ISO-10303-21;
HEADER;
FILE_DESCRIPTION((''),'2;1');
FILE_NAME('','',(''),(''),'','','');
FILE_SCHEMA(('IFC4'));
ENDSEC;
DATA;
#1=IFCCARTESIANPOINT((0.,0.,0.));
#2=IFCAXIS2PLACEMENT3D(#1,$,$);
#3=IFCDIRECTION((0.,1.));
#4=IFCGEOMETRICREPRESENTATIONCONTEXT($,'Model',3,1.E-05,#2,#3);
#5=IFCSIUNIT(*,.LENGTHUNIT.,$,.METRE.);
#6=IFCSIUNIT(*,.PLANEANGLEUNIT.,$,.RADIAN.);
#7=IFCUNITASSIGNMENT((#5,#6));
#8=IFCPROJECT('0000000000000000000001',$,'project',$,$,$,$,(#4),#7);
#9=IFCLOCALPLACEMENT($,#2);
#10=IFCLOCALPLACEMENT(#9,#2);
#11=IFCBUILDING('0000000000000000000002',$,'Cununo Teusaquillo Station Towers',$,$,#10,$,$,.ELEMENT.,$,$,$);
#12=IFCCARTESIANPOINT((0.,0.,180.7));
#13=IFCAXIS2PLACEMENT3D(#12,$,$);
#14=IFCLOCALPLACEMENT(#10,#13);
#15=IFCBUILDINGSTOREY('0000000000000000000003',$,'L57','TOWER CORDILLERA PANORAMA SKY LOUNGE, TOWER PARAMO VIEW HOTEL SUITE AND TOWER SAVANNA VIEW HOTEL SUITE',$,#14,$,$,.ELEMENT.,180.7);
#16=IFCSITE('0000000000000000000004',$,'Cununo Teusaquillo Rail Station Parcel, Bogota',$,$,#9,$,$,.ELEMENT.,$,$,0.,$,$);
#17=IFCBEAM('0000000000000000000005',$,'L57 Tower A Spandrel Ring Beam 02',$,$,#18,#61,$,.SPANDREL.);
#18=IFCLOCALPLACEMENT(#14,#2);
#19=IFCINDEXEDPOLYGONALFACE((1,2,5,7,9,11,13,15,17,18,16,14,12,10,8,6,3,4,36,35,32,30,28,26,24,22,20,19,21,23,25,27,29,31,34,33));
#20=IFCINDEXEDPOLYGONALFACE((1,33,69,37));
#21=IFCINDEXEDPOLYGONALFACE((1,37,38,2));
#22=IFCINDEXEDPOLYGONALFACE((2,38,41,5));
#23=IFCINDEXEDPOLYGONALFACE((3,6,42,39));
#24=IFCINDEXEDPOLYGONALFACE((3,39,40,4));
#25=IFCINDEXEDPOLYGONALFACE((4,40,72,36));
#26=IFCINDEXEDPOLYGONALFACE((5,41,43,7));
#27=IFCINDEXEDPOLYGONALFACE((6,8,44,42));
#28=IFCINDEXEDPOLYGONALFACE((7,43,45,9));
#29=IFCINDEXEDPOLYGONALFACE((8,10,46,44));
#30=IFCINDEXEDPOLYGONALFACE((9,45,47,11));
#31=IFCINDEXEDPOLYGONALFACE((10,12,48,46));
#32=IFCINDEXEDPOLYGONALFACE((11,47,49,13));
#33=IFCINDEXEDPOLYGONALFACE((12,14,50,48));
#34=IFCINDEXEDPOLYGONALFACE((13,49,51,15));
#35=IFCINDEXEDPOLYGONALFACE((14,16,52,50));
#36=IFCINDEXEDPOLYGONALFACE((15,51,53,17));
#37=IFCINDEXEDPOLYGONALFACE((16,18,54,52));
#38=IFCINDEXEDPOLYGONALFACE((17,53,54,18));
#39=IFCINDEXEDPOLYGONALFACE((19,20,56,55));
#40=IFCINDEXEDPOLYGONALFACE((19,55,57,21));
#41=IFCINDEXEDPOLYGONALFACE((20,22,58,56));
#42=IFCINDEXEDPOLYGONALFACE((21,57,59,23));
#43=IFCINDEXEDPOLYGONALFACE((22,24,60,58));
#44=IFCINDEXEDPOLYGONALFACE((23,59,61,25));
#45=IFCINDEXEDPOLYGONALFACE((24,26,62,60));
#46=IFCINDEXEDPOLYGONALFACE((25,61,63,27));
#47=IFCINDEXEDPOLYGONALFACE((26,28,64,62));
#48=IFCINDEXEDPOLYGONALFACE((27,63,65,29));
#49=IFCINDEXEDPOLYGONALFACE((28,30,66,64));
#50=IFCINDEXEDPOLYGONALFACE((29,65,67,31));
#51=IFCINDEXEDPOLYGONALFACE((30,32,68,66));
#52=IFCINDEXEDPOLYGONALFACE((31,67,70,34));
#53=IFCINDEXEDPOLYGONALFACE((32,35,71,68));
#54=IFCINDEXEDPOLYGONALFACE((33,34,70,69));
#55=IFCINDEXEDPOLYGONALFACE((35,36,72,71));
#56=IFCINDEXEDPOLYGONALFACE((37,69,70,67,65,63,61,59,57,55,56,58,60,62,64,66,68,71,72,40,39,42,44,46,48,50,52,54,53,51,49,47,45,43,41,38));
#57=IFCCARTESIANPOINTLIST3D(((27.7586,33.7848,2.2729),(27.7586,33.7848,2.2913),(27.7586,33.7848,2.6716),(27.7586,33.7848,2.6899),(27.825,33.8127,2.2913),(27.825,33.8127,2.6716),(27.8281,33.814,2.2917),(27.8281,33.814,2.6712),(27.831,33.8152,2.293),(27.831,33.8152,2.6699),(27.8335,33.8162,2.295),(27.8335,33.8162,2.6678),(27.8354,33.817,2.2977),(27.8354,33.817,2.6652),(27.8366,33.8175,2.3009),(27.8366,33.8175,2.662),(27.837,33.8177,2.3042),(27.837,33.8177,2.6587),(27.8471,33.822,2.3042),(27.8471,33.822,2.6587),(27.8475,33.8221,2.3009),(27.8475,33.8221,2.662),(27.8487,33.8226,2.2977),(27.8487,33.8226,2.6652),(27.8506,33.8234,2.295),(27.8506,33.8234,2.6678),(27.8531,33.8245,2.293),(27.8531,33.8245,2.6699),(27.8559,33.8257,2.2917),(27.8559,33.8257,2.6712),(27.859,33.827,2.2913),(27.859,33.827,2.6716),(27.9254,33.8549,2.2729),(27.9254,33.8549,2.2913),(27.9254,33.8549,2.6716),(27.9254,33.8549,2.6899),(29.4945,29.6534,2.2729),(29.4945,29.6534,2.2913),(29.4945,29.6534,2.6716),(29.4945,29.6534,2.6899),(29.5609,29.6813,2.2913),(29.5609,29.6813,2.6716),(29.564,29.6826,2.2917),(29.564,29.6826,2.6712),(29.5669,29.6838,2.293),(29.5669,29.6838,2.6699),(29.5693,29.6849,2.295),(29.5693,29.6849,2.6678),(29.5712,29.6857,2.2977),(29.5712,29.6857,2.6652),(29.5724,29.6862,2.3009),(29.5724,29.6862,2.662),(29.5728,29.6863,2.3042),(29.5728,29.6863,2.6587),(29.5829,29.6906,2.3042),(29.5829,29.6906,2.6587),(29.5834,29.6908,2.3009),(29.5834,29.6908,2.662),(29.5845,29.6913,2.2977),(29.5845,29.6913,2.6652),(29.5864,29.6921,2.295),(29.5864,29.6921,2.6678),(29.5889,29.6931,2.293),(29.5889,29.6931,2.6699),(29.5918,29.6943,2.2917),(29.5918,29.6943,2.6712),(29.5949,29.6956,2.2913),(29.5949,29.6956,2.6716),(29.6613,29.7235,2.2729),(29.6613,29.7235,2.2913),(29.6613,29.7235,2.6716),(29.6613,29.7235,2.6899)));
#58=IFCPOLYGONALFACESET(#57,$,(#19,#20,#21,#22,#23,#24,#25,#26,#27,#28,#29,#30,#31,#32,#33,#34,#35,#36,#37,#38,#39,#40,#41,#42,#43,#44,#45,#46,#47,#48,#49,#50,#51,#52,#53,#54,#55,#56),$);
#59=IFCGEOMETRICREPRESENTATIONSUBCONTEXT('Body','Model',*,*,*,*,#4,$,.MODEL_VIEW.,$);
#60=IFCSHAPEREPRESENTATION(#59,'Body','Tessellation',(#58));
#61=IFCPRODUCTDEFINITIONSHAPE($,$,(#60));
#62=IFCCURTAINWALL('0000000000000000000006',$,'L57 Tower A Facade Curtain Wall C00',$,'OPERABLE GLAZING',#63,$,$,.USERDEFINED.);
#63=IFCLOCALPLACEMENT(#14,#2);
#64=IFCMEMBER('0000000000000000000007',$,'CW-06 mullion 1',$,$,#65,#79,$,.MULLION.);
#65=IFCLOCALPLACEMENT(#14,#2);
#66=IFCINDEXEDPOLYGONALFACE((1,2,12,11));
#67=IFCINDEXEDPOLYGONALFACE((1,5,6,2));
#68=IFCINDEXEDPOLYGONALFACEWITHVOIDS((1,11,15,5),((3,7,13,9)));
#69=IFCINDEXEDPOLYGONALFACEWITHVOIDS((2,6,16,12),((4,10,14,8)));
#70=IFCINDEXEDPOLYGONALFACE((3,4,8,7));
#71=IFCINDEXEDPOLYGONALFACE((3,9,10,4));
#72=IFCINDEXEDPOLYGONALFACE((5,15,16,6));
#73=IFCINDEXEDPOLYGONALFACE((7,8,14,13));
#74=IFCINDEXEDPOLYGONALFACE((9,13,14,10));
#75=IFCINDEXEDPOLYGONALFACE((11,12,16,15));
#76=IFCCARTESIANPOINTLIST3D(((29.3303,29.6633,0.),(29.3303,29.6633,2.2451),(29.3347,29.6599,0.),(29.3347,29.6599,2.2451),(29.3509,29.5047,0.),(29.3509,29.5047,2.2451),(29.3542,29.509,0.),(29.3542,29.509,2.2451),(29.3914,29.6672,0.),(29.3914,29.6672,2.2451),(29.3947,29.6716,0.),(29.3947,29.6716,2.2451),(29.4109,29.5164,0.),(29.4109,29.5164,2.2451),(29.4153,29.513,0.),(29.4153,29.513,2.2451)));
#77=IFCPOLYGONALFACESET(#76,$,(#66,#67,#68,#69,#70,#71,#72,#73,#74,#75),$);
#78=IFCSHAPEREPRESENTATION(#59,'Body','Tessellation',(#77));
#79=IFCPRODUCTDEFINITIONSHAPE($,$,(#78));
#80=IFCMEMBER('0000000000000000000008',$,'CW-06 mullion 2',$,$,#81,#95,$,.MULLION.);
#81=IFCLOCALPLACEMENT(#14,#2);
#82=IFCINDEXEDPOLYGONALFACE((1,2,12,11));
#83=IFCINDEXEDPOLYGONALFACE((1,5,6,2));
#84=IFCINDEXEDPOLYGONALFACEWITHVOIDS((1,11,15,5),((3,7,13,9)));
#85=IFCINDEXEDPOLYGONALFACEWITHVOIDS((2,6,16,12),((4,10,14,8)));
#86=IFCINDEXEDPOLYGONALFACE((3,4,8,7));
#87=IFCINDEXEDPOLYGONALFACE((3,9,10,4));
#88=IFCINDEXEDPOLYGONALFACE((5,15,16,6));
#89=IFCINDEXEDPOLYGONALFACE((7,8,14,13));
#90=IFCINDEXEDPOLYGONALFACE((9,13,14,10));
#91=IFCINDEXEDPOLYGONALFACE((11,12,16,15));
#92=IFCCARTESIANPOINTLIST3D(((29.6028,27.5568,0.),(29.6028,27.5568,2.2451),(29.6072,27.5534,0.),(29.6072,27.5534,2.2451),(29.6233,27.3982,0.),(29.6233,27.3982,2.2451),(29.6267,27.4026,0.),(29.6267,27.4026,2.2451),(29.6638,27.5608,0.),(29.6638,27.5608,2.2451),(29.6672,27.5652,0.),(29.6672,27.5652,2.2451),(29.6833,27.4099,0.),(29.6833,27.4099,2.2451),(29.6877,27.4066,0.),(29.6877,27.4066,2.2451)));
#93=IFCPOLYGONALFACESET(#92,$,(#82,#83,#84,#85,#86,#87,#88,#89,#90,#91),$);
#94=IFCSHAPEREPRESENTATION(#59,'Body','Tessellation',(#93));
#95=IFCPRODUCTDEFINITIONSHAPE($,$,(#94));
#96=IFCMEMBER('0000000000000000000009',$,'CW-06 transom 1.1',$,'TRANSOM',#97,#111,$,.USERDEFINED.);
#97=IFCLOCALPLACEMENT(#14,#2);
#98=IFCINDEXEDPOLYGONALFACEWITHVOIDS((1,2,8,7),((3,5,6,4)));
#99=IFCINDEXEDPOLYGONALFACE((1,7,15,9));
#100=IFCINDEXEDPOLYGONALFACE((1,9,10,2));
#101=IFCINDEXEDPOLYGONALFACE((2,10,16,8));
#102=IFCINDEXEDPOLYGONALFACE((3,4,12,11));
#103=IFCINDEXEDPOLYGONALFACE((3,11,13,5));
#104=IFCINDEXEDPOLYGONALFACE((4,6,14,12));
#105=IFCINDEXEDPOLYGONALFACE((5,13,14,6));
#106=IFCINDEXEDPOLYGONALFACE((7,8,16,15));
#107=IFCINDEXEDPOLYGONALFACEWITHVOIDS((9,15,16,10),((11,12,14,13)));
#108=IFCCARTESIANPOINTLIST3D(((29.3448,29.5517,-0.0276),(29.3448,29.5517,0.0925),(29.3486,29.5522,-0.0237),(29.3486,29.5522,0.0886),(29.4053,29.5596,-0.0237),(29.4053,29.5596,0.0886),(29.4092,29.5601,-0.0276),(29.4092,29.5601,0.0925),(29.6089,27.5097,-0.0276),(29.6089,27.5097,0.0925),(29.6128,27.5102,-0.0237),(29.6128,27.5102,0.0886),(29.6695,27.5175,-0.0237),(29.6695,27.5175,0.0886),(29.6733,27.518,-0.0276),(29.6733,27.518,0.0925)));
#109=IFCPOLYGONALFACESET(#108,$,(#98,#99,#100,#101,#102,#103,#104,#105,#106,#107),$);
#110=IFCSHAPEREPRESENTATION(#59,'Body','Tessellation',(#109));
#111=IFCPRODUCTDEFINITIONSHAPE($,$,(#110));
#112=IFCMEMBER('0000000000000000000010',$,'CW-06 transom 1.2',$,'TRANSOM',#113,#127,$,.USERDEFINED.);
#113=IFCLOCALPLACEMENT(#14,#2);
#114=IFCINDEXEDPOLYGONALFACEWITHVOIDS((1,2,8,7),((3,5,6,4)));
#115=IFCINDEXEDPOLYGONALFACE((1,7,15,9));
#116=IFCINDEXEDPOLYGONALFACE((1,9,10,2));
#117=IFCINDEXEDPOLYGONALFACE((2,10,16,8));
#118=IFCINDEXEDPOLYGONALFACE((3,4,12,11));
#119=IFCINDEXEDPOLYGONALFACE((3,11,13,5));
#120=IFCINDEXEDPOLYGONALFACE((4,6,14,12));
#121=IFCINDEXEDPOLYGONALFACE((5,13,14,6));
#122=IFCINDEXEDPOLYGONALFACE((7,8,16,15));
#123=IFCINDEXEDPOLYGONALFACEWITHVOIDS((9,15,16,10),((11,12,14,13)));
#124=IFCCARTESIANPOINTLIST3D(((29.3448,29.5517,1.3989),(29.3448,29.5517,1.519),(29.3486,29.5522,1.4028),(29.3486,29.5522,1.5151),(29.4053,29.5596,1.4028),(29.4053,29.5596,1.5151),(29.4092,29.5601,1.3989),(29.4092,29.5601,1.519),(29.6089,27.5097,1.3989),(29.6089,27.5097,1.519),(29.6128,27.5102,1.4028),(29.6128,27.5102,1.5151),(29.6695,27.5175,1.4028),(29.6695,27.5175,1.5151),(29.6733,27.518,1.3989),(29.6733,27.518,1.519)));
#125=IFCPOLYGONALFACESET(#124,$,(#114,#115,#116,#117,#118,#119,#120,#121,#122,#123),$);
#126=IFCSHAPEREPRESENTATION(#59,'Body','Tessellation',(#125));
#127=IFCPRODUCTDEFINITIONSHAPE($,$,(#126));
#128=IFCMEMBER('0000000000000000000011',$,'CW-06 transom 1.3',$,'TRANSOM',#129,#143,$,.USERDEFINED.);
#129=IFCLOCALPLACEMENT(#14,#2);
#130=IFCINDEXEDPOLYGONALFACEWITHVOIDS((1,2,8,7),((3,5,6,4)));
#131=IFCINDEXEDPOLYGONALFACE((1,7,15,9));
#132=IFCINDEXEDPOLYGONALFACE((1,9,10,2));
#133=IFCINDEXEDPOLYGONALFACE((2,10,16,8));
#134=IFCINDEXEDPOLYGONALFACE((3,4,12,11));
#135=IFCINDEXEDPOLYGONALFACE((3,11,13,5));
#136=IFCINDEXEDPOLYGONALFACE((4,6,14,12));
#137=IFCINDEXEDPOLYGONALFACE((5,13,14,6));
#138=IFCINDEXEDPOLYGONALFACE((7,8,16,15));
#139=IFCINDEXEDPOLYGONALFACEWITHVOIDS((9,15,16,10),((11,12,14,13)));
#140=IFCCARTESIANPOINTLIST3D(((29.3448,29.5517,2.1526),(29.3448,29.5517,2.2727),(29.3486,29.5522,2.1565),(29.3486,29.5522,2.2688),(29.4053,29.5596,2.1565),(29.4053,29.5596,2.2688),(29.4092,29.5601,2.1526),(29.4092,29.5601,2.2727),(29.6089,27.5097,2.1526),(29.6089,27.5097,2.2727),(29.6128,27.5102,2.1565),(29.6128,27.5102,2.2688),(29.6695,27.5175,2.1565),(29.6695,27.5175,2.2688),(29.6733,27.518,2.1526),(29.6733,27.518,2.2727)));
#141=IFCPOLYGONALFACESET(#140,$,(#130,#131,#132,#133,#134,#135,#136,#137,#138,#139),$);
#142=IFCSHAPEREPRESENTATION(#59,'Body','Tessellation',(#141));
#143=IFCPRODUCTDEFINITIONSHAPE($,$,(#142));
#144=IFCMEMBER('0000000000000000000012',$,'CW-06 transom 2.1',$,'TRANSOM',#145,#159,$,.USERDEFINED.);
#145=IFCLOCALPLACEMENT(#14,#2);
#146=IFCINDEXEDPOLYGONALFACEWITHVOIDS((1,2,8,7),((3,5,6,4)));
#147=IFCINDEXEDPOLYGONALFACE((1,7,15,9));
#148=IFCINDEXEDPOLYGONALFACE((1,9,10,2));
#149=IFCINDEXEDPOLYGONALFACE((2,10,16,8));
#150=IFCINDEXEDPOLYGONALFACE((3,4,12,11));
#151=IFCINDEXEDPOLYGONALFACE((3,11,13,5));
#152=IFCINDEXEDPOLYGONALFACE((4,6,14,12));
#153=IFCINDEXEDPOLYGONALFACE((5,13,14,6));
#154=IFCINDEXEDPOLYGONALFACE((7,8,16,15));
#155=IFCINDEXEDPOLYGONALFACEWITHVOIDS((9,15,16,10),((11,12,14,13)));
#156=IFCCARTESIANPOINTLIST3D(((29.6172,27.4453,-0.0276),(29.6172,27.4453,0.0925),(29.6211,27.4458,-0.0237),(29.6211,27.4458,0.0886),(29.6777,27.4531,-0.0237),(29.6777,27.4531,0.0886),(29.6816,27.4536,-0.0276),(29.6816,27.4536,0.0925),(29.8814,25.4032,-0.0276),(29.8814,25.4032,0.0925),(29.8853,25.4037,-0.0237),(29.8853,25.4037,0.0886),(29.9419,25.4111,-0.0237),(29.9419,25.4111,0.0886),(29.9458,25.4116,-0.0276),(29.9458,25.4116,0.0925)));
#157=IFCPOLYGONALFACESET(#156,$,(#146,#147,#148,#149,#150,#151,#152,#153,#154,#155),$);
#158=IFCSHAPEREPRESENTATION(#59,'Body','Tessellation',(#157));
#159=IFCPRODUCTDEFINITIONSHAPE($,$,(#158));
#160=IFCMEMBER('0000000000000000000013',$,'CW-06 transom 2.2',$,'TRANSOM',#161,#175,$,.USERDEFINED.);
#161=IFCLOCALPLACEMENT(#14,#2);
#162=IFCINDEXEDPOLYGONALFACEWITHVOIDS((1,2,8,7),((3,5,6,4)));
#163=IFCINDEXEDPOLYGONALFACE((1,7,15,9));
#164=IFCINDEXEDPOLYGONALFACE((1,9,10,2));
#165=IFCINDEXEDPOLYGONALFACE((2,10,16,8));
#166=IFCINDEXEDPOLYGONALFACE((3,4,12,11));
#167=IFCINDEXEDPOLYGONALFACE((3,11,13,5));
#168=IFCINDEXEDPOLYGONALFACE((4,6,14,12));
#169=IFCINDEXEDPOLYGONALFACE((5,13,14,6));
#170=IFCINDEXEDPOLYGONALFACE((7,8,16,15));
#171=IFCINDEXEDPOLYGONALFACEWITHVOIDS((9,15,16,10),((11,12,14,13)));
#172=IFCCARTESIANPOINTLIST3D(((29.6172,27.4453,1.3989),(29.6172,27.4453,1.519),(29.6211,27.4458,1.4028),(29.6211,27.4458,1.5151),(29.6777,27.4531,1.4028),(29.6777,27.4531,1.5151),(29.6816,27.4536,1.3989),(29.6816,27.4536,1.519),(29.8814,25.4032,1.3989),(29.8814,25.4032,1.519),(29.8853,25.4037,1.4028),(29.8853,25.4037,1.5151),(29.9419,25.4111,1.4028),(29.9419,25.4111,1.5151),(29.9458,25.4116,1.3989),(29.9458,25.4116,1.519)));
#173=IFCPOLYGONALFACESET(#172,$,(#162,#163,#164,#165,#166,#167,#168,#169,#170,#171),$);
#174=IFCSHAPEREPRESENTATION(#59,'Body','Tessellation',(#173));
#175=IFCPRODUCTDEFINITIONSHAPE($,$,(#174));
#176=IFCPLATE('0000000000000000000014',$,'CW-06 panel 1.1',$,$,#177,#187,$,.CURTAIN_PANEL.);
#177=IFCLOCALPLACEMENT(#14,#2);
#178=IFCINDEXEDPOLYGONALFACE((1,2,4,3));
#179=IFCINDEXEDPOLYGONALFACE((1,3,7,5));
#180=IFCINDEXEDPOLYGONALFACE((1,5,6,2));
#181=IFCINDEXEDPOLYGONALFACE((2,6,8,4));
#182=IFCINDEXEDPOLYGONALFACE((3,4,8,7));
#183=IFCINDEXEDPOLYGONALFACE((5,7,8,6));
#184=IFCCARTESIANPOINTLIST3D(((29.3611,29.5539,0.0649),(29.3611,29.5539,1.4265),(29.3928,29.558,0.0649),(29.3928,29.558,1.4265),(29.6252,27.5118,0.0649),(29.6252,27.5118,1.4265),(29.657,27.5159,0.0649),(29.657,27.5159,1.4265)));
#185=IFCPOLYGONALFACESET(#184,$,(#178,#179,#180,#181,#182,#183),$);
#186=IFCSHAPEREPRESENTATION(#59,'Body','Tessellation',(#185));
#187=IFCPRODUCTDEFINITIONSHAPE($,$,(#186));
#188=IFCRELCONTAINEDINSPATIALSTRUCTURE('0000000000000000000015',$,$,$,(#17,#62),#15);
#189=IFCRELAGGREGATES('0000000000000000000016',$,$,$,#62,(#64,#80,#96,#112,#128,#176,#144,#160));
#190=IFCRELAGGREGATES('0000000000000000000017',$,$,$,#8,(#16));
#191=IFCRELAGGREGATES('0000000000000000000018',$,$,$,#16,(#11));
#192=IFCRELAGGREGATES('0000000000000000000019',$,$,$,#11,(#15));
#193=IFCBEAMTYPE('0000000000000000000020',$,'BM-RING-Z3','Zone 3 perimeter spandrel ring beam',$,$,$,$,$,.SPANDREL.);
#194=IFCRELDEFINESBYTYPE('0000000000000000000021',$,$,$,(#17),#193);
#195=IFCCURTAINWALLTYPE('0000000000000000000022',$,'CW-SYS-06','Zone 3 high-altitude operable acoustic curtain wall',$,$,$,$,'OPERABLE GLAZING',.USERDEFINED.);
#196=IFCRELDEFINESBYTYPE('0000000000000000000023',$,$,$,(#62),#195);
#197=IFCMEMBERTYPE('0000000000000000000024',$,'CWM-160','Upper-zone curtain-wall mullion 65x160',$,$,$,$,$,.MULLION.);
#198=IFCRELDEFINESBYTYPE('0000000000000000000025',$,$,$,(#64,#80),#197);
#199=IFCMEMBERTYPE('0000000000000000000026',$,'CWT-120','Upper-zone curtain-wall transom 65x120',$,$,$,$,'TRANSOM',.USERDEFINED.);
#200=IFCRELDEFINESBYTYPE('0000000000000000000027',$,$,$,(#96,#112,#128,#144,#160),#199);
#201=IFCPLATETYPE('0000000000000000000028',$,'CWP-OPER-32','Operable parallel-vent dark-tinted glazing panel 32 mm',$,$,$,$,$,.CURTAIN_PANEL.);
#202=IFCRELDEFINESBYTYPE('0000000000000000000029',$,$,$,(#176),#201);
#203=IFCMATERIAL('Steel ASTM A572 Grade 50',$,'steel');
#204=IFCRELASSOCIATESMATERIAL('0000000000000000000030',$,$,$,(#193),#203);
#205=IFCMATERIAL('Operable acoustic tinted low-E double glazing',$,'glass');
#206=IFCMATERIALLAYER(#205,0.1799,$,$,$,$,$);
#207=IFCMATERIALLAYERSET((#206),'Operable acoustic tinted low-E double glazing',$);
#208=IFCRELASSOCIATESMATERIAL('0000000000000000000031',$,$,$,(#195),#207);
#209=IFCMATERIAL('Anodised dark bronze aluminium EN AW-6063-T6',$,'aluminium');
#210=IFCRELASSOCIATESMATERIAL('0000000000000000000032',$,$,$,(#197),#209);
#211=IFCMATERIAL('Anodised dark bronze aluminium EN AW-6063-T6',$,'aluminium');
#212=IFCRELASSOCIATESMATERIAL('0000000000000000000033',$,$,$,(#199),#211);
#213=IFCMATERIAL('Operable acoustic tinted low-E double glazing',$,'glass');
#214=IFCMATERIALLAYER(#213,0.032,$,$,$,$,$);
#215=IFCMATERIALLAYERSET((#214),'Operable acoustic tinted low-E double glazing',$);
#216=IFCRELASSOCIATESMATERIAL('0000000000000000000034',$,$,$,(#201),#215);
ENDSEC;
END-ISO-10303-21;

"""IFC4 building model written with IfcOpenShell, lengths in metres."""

from ifc_helpers import new_model, si_unit, direction, frame, origin, origin_2d, place, context, subcontext, project, spatial, rectangle, hollow_rectangle, i_section, extrude, source, transform, mapped, material, layer, layer_set, material_profile, profile_set, type_object, element, aggregate, save


model = new_model("IFC4")

# Units and contexts
model_context = context("Model", 3, precision=1e-05, world=origin(), true_north=direction((0.0, 1.0)))
body_context = subcontext(model_context, "Body", "Model", "MODEL_VIEW")
ifc_project = project(units=[si_unit("LENGTHUNIT", "METRE"), si_unit("PLANEANGLEUNIT", "RADIAN")], contexts=[model_context])

# Site, building, storey
site_placement = place(None, origin())
site = spatial("IfcSite", under=ifc_project, at=site_placement, Name="Cununo Teusaquillo Rail Station Parcel, Bogota", CompositionType="ELEMENT", RefElevation=0.0)
building_placement = place(site_placement, origin())
building = spatial("IfcBuilding", under=site, at=building_placement, Name="Cununo Teusaquillo Station Towers", CompositionType="ELEMENT")
storey_placement = place(building_placement, frame((0.0, 0.0, 180.7)))
storey = spatial("IfcBuildingStorey", under=building, at=storey_placement, Name="L57", Description="TOWER CORDILLERA PANORAMA SKY LOUNGE, TOWER PARAMO VIEW HOTEL SUITE AND TOWER SAVANNA VIEW HOTEL SUITE", CompositionType="ELEMENT", Elevation=180.7)

# Beam
ifc_material_1 = material(Name="Steel ASTM A572 Grade 50", Category="steel")
ifc_material_profile_1 = material_profile(ifc_material_1, i_section(OverallWidth=0.1809, OverallDepth=0.417, WebThickness=0.011, FlangeThickness=0.0183, FilletRadius=0.0129, at=origin_2d()), Name="W16X57")
ifc_profile_set_1 = profile_set([ifc_material_profile_1], Name="Steel ASTM A572 Grade 50")
beam_type_1 = type_object("IfcBeamType", Name="BM-RING-Z3", Description="Zone 3 perimeter spandrel ring beam", PredefinedType="SPANDREL", material=ifc_profile_set_1)
beam_1_placement = place(storey_placement, frame((29.5779, 29.6885, 2.4814), z_axis=(-0.38736, 0.921928, 0.0), x_axis=(-0.921928, -0.38736, 0.0)))
element("IfcBeam", 1, at=beam_1_placement, inside=storey, type_object=beam_type_1, Name="L57 Tower A Spandrel Ring Beam 02", PredefinedType="SPANDREL", context=body_context, shape_type="SweptSolid", body=[
    extrude(i_section(OverallWidth=0.1809, OverallDepth=0.417, WebThickness=0.011, FlangeThickness=0.0183, FilletRadius=0.0129, at=origin_2d()), origin(), (0.0, 0.0, 1.0), 4.4812),
])

# Curtain wall, members, plate
ifc_material_2 = material(Name="Operable acoustic tinted low-E double glazing", Category="glass")
ifc_layer_1 = layer(ifc_material_2, 0.1799)
ifc_layer_set_1 = layer_set([ifc_layer_1], Name="Operable acoustic tinted low-E double glazing")
curtain_wall_type = type_object("IfcCurtainWallType", Name="CW-SYS-06", Description="Zone 3 high-altitude operable acoustic curtain wall", ElementType="OPERABLE GLAZING", PredefinedType="USERDEFINED", material=ifc_layer_set_1)
curtain_wall_placement = place(storey_placement, origin())
curtain_wall = element("IfcCurtainWall", 2, at=curtain_wall_placement, inside=storey, type_object=curtain_wall_type, Name="L57 Tower A Facade Curtain Wall C00", ObjectType="OPERABLE GLAZING", PredefinedType="USERDEFINED")
ifc_material_3 = material(Name="Anodised dark bronze aluminium EN AW-6063-T6", Category="aluminium")
ifc_material_profile_2 = material_profile(ifc_material_3, hollow_rectangle(XDim=0.0649, YDim=0.1599, WallThickness=0.0039, at=origin_2d()), Name="CW-MULL-65x160")
ifc_profile_set_2 = profile_set([ifc_material_profile_2], Name="Anodised dark bronze aluminium EN AW-6063-T6")
member_type_1 = type_object("IfcMemberType", Name="CWM-160", Description="Upper-zone curtain-wall mullion 65x160", PredefinedType="MULLION", material=ifc_profile_set_2)
member_1_placement = place(storey_placement, frame((29.3728, 29.5881, 0.0), z_axis=(0.0, 0.0, 1.0), x_axis=(0.991737, 0.128285, 0.0)))
member_1 = element("IfcMember", 3, at=member_1_placement, type_object=member_type_1, Name="CW-06 mullion 1", PredefinedType="MULLION", context=body_context, shape_type="SweptSolid", body=[
    extrude(hollow_rectangle(XDim=0.0649, YDim=0.1599, WallThickness=0.0039, at=origin_2d()), origin(), (0.0, 0.0, 1.0), 2.2451),
])
member_2_placement = place(storey_placement, frame((29.6453, 27.4817, 0.0), z_axis=(0.0, 0.0, 1.0), x_axis=(0.991737, 0.128285, 0.0)))
member_2 = element("IfcMember", 4, at=member_2_placement, type_object=member_type_1, Name="CW-06 mullion 2", PredefinedType="MULLION", context=body_context, shape_type="SweptSolid", body=[
    extrude(hollow_rectangle(XDim=0.0649, YDim=0.1599, WallThickness=0.0039, at=origin_2d()), origin(), (0.0, 0.0, 1.0), 2.2451),
])
ifc_material_4 = material(Name="Anodised dark bronze aluminium EN AW-6063-T6", Category="aluminium")
ifc_material_profile_3 = material_profile(ifc_material_4, hollow_rectangle(XDim=0.0649, YDim=0.1201, WallThickness=0.0039, at=origin_2d()), Name="CW-TRAN-65x120")
ifc_profile_set_3 = profile_set([ifc_material_profile_3], Name="Anodised dark bronze aluminium EN AW-6063-T6")
member_type_2 = type_object("IfcMemberType", Name="CWT-120", Description="Upper-zone curtain-wall transom 65x120", ElementType="TRANSOM", PredefinedType="USERDEFINED", material=ifc_profile_set_3)
member_3_placement = place(storey_placement, frame((29.377, 29.5559, 0.0325), z_axis=(0.128295, -0.991736, 0.0), x_axis=(0.991736, 0.128295, 0.0)))
member_3 = element("IfcMember", 5, at=member_3_placement, type_object=member_type_2, Name="CW-06 transom 1.1", ObjectType="TRANSOM", PredefinedType="USERDEFINED", context=body_context, shape_type="SweptSolid", body=[
    extrude(hollow_rectangle(XDim=0.0649, YDim=0.1201, WallThickness=0.0039, at=origin_2d()), origin(), (0.0, 0.0, 1.0), 2.0591),
])
member_4_placement = place(storey_placement, frame((29.377, 29.5559, 1.459), z_axis=(0.128295, -0.991736, 0.0), x_axis=(0.991736, 0.128295, 0.0)))
member_4 = element("IfcMember", 6, at=member_4_placement, type_object=member_type_2, Name="CW-06 transom 1.2", ObjectType="TRANSOM", PredefinedType="USERDEFINED", context=body_context, shape_type="SweptSolid", body=[
    extrude(hollow_rectangle(XDim=0.0649, YDim=0.1201, WallThickness=0.0039, at=origin_2d()), origin(), (0.0, 0.0, 1.0), 2.0591),
])
member_5_placement = place(storey_placement, frame((29.377, 29.5559, 2.2126), z_axis=(0.128295, -0.991736, 0.0), x_axis=(0.991736, 0.128295, 0.0)))
member_5 = element("IfcMember", 7, at=member_5_placement, type_object=member_type_2, Name="CW-06 transom 1.3", ObjectType="TRANSOM", PredefinedType="USERDEFINED", context=body_context, shape_type="SweptSolid", body=[
    extrude(hollow_rectangle(XDim=0.0649, YDim=0.1201, WallThickness=0.0039, at=origin_2d()), origin(), (0.0, 0.0, 1.0), 2.0591),
])
member_6_placement = place(storey_placement, frame((29.6494, 27.4495, 0.0325), z_axis=(0.128295, -0.991736, 0.0), x_axis=(0.991736, 0.128295, 0.0)))
member_6 = element("IfcMember", 8, at=member_6_placement, type_object=member_type_2, Name="CW-06 transom 2.1", ObjectType="TRANSOM", PredefinedType="USERDEFINED", context=body_context, shape_type="SweptSolid", body=[
    extrude(hollow_rectangle(XDim=0.0649, YDim=0.1201, WallThickness=0.0039, at=origin_2d()), origin(), (0.0, 0.0, 1.0), 2.0591),
])
member_7_placement = place(storey_placement, frame((29.6494, 27.4495, 1.459), z_axis=(0.128295, -0.991736, 0.0), x_axis=(0.991736, 0.128295, 0.0)))
member_7 = element("IfcMember", 9, at=member_7_placement, type_object=member_type_2, Name="CW-06 transom 2.2", ObjectType="TRANSOM", PredefinedType="USERDEFINED", context=body_context, shape_type="SweptSolid", body=[
    extrude(hollow_rectangle(XDim=0.0649, YDim=0.1201, WallThickness=0.0039, at=origin_2d()), origin(), (0.0, 0.0, 1.0), 2.0591),
])
ifc_material_5 = material(Name="Operable acoustic tinted low-E double glazing", Category="glass")
ifc_layer_2 = layer(ifc_material_5, 0.032)
ifc_layer_set_2 = layer_set([ifc_layer_2], Name="Operable acoustic tinted low-E double glazing")
plate_type = type_object("IfcPlateType", Name="CWP-OPER-32", Description="Operable parallel-vent dark-tinted glazing panel 32 mm", PredefinedType="CURTAIN_PANEL", material=ifc_layer_set_2)
shared_shape_1 = source(origin(), body_context, "Body", "SweptSolid", [
    extrude(rectangle(XDim=2.0591, YDim=0.032, at=origin_2d()), origin(), (0.0, 0.0, 1.0), 1.3616),
])
plate_1_placement = place(storey_placement, frame((29.509, 28.5349, 0.0649), z_axis=(0.0, 0.0, 1.0), x_axis=(0.128285, -0.991737, 0.0)))
plate_1 = element("IfcPlate", 10, at=plate_1_placement, type_object=plate_type, Name="CW-06 panel 1.1", PredefinedType="CURTAIN_PANEL", context=body_context, shape_type="MappedRepresentation", body=[
    mapped(shared_shape_1, transform((0.0, 0.0, 0.0), x_axis=(1.0, 0.0, 0.0), y_axis=(0.0, 1.0, 0.0), z_axis=(0.0, 0.0, 1.0), scale=1.0)),
])
aggregate(curtain_wall, [member_1, member_2, member_3, member_4, member_5, plate_1, member_6, member_7])

save(model, "model.ifc")
